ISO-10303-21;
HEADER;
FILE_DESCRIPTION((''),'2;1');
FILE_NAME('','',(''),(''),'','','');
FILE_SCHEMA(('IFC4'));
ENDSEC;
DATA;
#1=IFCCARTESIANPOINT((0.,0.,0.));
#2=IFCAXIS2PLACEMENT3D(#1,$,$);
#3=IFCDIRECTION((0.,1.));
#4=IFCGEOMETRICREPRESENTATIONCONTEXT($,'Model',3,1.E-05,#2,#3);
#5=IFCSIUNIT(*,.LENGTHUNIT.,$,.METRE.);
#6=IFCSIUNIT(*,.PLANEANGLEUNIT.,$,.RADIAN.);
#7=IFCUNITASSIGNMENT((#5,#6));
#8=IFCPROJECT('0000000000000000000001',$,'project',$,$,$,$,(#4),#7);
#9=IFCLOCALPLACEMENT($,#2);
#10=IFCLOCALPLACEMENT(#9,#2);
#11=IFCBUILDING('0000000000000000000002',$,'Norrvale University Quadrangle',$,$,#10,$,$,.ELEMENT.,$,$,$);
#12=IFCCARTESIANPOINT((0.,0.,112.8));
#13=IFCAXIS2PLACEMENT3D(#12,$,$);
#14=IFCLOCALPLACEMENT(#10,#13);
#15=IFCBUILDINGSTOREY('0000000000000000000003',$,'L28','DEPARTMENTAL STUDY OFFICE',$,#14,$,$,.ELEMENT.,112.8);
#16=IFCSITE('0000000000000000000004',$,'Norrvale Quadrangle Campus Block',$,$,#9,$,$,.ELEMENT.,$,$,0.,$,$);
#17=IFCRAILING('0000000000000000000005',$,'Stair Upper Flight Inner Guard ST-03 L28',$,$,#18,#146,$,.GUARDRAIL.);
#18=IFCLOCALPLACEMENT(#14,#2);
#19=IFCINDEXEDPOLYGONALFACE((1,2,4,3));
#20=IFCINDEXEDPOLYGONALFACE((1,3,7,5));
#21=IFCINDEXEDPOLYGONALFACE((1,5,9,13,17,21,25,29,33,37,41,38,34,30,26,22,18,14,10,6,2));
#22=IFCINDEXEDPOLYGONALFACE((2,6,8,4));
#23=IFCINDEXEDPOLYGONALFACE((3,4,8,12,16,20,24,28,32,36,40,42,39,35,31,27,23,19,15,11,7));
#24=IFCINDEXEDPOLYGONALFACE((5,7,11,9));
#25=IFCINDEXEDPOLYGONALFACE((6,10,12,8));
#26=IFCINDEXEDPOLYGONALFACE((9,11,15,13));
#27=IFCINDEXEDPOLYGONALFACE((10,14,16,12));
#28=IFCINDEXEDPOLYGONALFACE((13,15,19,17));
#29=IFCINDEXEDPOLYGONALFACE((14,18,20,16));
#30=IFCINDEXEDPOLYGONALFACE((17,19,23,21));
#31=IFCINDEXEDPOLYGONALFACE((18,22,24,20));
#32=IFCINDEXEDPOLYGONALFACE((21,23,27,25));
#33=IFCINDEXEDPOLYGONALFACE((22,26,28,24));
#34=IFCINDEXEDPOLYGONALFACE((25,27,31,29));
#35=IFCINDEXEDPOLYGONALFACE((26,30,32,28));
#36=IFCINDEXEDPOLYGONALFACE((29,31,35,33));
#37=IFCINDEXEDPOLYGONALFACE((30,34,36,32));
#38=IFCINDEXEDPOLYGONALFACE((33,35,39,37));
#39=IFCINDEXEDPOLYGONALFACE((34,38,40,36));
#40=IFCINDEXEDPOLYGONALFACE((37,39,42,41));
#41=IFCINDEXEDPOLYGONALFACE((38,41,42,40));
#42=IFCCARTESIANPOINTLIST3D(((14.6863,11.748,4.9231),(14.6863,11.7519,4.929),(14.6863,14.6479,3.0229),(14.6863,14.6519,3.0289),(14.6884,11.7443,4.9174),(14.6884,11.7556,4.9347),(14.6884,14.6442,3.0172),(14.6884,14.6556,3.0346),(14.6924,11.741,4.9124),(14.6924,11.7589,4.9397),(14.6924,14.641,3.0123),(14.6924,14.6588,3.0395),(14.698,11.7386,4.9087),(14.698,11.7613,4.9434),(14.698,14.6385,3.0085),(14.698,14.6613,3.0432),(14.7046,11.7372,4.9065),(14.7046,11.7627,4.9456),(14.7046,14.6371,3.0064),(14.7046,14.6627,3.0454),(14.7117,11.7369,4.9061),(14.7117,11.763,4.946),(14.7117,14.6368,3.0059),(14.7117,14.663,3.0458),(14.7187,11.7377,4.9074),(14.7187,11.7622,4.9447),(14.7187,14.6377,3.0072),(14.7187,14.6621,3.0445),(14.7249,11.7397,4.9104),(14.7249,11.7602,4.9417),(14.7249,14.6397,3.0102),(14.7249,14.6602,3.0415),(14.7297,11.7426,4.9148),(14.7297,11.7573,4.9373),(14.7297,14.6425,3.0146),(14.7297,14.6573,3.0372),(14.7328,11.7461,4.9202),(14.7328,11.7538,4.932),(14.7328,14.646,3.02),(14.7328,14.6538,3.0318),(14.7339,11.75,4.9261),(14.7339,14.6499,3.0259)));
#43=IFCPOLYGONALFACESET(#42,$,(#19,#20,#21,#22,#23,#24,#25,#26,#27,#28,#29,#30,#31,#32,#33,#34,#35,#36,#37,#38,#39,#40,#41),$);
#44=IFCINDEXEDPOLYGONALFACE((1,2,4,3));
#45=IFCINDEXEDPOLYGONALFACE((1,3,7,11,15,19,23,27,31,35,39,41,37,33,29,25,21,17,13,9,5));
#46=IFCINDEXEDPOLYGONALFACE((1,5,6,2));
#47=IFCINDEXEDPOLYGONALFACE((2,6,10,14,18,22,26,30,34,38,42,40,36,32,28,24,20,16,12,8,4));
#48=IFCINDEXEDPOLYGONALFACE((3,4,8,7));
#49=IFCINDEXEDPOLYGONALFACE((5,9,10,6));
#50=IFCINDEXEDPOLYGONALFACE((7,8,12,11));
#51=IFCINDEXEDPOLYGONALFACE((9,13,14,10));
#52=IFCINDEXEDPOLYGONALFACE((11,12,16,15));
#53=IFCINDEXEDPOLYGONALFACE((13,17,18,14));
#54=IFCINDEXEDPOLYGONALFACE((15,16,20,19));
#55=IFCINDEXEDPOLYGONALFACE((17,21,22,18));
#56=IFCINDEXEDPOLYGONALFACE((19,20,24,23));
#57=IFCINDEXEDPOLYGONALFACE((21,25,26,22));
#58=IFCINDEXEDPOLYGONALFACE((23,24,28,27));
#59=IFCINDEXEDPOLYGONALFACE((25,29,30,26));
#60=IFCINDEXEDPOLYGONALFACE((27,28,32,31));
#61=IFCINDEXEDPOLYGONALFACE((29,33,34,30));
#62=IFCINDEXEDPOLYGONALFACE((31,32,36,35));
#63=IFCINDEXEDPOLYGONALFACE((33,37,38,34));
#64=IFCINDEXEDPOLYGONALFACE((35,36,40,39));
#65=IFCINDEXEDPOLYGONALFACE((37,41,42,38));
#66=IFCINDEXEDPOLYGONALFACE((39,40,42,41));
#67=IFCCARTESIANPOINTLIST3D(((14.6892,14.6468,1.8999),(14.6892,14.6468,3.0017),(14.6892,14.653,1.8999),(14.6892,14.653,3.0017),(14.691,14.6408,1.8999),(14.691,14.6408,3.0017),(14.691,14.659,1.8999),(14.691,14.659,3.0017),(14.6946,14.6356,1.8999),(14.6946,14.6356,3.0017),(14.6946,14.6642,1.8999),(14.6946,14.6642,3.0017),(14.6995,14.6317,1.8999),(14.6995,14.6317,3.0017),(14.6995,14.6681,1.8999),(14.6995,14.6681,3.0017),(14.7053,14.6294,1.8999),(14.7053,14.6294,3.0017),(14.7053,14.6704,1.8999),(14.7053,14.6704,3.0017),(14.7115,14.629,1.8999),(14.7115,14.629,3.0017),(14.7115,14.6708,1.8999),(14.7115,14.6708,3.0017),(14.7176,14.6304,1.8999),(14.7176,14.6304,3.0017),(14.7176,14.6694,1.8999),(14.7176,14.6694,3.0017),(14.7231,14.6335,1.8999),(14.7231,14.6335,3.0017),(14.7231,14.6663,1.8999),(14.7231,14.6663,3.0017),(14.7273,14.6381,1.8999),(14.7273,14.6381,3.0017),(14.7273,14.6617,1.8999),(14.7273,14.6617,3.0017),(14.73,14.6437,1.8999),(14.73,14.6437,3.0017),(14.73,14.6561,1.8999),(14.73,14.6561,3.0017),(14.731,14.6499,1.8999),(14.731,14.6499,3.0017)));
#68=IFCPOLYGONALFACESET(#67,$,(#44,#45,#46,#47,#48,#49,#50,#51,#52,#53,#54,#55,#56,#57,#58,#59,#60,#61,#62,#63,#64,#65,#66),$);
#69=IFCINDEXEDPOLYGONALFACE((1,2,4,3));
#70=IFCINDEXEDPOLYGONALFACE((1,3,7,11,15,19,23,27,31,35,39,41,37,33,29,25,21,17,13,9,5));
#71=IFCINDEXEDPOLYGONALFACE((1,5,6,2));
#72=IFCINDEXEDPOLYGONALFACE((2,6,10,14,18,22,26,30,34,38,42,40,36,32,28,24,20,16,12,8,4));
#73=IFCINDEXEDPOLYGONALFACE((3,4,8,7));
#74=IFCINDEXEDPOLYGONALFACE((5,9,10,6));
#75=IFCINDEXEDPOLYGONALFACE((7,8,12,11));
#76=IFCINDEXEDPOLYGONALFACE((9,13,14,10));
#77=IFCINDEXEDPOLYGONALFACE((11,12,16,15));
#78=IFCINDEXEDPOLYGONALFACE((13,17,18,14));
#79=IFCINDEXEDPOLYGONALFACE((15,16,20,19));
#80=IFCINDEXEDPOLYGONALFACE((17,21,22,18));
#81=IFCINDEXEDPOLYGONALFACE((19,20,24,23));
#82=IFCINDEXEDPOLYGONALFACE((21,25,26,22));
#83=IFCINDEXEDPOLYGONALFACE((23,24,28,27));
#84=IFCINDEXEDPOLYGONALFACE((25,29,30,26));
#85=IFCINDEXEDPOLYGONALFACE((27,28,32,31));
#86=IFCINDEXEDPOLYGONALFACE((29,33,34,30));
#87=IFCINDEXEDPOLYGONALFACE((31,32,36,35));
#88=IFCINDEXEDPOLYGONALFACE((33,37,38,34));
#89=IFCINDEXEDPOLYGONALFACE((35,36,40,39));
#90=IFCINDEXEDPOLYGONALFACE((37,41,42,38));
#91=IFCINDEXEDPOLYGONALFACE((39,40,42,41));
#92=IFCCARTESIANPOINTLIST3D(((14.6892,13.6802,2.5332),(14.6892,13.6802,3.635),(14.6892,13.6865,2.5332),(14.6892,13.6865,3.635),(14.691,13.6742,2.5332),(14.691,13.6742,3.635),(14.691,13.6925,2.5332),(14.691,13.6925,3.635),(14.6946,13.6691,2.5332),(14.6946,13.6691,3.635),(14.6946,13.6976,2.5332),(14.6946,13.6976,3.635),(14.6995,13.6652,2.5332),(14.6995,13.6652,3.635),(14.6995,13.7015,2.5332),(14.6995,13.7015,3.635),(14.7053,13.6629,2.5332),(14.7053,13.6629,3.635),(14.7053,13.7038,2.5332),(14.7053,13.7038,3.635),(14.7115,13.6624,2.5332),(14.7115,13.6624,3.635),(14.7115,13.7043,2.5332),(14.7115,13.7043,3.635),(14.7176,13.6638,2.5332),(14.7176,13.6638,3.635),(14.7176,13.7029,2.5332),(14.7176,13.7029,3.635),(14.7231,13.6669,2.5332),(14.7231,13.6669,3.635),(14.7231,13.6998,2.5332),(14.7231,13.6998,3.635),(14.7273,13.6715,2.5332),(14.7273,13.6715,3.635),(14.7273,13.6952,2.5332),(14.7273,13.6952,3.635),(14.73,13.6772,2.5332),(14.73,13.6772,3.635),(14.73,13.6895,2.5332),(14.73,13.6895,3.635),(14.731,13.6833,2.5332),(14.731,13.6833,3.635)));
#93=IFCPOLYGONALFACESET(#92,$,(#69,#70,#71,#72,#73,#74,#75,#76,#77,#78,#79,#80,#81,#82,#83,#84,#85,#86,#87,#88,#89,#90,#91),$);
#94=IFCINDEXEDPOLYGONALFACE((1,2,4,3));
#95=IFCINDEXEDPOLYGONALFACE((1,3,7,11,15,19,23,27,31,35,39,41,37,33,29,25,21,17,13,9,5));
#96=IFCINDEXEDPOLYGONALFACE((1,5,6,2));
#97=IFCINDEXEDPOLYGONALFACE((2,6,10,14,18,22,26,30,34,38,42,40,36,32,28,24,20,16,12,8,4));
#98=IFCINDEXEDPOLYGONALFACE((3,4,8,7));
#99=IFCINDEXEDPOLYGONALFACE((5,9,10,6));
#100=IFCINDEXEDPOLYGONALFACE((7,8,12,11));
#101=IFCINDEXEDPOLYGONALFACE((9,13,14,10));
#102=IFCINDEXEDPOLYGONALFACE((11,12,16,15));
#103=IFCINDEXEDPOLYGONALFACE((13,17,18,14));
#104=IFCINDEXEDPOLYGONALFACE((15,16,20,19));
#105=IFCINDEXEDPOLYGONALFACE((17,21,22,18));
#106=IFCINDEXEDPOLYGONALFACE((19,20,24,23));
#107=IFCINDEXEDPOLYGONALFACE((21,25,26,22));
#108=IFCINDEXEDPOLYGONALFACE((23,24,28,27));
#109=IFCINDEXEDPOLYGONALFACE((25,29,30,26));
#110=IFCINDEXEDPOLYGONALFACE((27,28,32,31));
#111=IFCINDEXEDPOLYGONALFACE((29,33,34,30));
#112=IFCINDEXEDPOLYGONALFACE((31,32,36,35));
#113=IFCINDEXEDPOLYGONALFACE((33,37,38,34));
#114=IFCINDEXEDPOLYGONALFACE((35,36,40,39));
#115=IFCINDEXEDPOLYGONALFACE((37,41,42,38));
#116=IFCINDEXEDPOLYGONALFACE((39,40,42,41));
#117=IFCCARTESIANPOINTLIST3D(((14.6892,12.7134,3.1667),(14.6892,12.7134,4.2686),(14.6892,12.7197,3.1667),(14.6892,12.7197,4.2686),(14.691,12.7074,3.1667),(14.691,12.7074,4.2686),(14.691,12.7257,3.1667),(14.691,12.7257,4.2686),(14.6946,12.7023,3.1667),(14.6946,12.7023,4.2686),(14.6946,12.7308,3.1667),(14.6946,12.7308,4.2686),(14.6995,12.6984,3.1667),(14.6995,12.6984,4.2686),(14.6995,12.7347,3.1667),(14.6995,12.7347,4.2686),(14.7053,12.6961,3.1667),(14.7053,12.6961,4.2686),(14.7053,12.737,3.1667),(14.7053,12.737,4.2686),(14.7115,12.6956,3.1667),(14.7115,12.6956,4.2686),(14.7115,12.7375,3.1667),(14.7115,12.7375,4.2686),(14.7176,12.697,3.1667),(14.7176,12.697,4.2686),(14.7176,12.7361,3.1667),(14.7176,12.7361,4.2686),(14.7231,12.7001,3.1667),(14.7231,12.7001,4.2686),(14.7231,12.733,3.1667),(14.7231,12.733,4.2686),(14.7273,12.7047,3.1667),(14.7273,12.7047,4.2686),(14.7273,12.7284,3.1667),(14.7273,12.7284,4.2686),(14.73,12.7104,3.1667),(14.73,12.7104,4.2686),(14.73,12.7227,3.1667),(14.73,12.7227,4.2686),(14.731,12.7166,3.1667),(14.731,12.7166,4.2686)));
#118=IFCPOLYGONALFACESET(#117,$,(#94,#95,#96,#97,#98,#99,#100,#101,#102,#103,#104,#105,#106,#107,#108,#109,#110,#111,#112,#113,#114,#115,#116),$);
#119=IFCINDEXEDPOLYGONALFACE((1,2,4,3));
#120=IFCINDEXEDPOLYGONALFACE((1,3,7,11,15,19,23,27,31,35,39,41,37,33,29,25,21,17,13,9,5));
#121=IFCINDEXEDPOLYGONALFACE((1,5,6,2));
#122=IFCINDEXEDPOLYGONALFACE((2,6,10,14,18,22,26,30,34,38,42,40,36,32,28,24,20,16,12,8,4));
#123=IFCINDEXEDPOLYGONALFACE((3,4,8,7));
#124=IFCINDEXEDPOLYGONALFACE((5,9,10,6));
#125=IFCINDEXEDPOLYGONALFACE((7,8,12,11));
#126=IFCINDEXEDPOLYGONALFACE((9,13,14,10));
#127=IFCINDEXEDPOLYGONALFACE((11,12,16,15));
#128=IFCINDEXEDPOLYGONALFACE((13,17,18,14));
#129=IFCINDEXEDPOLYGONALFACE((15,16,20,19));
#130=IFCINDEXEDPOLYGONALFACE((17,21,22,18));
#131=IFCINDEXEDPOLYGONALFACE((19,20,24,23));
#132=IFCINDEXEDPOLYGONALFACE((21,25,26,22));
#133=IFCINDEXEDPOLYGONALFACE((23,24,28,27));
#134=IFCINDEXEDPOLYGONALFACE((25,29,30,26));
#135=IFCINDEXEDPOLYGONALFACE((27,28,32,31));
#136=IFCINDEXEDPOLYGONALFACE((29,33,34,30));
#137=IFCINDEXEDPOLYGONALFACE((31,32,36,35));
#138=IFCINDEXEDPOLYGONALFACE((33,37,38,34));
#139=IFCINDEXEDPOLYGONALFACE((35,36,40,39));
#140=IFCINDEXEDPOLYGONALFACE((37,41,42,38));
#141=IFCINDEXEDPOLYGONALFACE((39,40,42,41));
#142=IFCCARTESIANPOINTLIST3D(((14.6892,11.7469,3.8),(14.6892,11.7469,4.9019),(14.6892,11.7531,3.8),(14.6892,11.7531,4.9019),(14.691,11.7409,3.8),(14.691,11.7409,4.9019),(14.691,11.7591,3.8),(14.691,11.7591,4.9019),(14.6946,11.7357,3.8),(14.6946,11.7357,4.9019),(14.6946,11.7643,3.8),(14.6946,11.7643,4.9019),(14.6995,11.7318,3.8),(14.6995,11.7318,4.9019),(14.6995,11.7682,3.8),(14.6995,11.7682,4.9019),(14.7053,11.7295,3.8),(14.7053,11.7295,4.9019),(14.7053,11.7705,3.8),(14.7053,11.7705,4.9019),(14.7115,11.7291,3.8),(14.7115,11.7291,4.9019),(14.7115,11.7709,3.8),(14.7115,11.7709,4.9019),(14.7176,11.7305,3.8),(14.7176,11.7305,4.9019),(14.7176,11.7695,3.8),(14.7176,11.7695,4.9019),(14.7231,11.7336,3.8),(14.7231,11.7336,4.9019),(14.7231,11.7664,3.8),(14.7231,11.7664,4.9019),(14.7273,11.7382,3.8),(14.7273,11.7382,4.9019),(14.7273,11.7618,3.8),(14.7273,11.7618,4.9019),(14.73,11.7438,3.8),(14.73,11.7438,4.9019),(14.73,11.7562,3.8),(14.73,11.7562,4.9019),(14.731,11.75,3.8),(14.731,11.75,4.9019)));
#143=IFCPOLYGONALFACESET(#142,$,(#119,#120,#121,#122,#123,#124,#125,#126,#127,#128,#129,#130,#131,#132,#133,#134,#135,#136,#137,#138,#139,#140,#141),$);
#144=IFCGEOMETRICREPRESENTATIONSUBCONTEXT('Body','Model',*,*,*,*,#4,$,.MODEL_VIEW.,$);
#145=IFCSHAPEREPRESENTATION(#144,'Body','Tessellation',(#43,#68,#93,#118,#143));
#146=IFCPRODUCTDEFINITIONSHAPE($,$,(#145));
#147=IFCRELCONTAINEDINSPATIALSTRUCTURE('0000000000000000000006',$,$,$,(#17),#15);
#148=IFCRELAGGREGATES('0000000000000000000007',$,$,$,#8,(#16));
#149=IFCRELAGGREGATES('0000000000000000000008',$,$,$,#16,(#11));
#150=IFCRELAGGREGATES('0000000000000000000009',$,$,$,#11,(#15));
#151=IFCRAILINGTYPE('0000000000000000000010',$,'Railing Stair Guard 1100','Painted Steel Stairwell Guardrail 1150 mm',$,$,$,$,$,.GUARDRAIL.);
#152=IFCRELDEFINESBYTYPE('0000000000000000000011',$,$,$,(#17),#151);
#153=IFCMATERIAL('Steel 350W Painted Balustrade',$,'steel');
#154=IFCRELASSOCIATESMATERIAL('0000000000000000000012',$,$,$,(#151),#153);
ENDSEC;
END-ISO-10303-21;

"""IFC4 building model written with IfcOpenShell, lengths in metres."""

from ifc_helpers import new_model, si_unit, direction, frame, origin, origin_2d, place, context, subcontext, project, spatial, circle, extrude, material, type_object, element, save


model = new_model("IFC4")

# Units and contexts
model_context = context("Model", 3, precision=1e-05, world=origin(), true_north=direction((0.0, 1.0)))
body_context = subcontext(model_context, "Body", "Model", "MODEL_VIEW")
ifc_project = project(units=[si_unit("LENGTHUNIT", "METRE"), si_unit("PLANEANGLEUNIT", "RADIAN")], contexts=[model_context])

# Site, building, storey
site_placement = place(None, origin())
site = spatial("IfcSite", under=ifc_project, at=site_placement, Name="Norrvale Quadrangle Campus Block", CompositionType="ELEMENT", RefElevation=0.0)
building_placement = place(site_placement, origin())
building = spatial("IfcBuilding", under=site, at=building_placement, Name="Norrvale University Quadrangle", CompositionType="ELEMENT")
storey_placement = place(building_placement, frame((0.0, 0.0, 112.8)))
storey = spatial("IfcBuildingStorey", under=building, at=storey_placement, Name="L28", Description="DEPARTMENTAL STUDY OFFICE", CompositionType="ELEMENT", Elevation=112.8)

# Railing
ifc_material_1 = material(Name="Steel 350W Painted Balustrade", Category="steel")
railing_type_1 = type_object("IfcRailingType", Name="Railing Stair Guard 1100", Description="Painted Steel Stairwell Guardrail 1150 mm", PredefinedType="GUARDRAIL", material=ifc_material_1)
railing_1_placement = place(storey_placement, frame((14.71, 14.6499, 1.8999)))
element("IfcRailing", 1, at=railing_1_placement, inside=storey, type_object=railing_type_1, Name="Stair Upper Flight Inner Guard ST-03 L28", PredefinedType="GUARDRAIL", context=body_context, shape_type="SweptSolid", body=[
    extrude(circle(Radius=0.0239, at=origin_2d()), frame((0.0, 0.0, 1.126), z_axis=(0.0, -0.836433, 0.548069), x_axis=(1.0, 0.0, 0.0)), (0.0, 0.0, 1.0), 3.467),
    extrude(circle(Radius=0.021, at=origin_2d()), origin(), (0.0, 0.0, 1.0), 1.1018),
    extrude(circle(Radius=0.021, at=origin_2d()), frame((0.0, -0.9666, 0.6333)), (0.0, 0.0, 1.0), 1.1018),
    extrude(circle(Radius=0.021, at=origin_2d()), frame((0.0, -1.9333, 1.2668)), (0.0, 0.0, 1.0), 1.1018),
    extrude(circle(Radius=0.021, at=origin_2d()), frame((0.0, -2.8999, 1.9001)), (0.0, 0.0, 1.0), 1.1018),
])

save(model, "model.ifc")
